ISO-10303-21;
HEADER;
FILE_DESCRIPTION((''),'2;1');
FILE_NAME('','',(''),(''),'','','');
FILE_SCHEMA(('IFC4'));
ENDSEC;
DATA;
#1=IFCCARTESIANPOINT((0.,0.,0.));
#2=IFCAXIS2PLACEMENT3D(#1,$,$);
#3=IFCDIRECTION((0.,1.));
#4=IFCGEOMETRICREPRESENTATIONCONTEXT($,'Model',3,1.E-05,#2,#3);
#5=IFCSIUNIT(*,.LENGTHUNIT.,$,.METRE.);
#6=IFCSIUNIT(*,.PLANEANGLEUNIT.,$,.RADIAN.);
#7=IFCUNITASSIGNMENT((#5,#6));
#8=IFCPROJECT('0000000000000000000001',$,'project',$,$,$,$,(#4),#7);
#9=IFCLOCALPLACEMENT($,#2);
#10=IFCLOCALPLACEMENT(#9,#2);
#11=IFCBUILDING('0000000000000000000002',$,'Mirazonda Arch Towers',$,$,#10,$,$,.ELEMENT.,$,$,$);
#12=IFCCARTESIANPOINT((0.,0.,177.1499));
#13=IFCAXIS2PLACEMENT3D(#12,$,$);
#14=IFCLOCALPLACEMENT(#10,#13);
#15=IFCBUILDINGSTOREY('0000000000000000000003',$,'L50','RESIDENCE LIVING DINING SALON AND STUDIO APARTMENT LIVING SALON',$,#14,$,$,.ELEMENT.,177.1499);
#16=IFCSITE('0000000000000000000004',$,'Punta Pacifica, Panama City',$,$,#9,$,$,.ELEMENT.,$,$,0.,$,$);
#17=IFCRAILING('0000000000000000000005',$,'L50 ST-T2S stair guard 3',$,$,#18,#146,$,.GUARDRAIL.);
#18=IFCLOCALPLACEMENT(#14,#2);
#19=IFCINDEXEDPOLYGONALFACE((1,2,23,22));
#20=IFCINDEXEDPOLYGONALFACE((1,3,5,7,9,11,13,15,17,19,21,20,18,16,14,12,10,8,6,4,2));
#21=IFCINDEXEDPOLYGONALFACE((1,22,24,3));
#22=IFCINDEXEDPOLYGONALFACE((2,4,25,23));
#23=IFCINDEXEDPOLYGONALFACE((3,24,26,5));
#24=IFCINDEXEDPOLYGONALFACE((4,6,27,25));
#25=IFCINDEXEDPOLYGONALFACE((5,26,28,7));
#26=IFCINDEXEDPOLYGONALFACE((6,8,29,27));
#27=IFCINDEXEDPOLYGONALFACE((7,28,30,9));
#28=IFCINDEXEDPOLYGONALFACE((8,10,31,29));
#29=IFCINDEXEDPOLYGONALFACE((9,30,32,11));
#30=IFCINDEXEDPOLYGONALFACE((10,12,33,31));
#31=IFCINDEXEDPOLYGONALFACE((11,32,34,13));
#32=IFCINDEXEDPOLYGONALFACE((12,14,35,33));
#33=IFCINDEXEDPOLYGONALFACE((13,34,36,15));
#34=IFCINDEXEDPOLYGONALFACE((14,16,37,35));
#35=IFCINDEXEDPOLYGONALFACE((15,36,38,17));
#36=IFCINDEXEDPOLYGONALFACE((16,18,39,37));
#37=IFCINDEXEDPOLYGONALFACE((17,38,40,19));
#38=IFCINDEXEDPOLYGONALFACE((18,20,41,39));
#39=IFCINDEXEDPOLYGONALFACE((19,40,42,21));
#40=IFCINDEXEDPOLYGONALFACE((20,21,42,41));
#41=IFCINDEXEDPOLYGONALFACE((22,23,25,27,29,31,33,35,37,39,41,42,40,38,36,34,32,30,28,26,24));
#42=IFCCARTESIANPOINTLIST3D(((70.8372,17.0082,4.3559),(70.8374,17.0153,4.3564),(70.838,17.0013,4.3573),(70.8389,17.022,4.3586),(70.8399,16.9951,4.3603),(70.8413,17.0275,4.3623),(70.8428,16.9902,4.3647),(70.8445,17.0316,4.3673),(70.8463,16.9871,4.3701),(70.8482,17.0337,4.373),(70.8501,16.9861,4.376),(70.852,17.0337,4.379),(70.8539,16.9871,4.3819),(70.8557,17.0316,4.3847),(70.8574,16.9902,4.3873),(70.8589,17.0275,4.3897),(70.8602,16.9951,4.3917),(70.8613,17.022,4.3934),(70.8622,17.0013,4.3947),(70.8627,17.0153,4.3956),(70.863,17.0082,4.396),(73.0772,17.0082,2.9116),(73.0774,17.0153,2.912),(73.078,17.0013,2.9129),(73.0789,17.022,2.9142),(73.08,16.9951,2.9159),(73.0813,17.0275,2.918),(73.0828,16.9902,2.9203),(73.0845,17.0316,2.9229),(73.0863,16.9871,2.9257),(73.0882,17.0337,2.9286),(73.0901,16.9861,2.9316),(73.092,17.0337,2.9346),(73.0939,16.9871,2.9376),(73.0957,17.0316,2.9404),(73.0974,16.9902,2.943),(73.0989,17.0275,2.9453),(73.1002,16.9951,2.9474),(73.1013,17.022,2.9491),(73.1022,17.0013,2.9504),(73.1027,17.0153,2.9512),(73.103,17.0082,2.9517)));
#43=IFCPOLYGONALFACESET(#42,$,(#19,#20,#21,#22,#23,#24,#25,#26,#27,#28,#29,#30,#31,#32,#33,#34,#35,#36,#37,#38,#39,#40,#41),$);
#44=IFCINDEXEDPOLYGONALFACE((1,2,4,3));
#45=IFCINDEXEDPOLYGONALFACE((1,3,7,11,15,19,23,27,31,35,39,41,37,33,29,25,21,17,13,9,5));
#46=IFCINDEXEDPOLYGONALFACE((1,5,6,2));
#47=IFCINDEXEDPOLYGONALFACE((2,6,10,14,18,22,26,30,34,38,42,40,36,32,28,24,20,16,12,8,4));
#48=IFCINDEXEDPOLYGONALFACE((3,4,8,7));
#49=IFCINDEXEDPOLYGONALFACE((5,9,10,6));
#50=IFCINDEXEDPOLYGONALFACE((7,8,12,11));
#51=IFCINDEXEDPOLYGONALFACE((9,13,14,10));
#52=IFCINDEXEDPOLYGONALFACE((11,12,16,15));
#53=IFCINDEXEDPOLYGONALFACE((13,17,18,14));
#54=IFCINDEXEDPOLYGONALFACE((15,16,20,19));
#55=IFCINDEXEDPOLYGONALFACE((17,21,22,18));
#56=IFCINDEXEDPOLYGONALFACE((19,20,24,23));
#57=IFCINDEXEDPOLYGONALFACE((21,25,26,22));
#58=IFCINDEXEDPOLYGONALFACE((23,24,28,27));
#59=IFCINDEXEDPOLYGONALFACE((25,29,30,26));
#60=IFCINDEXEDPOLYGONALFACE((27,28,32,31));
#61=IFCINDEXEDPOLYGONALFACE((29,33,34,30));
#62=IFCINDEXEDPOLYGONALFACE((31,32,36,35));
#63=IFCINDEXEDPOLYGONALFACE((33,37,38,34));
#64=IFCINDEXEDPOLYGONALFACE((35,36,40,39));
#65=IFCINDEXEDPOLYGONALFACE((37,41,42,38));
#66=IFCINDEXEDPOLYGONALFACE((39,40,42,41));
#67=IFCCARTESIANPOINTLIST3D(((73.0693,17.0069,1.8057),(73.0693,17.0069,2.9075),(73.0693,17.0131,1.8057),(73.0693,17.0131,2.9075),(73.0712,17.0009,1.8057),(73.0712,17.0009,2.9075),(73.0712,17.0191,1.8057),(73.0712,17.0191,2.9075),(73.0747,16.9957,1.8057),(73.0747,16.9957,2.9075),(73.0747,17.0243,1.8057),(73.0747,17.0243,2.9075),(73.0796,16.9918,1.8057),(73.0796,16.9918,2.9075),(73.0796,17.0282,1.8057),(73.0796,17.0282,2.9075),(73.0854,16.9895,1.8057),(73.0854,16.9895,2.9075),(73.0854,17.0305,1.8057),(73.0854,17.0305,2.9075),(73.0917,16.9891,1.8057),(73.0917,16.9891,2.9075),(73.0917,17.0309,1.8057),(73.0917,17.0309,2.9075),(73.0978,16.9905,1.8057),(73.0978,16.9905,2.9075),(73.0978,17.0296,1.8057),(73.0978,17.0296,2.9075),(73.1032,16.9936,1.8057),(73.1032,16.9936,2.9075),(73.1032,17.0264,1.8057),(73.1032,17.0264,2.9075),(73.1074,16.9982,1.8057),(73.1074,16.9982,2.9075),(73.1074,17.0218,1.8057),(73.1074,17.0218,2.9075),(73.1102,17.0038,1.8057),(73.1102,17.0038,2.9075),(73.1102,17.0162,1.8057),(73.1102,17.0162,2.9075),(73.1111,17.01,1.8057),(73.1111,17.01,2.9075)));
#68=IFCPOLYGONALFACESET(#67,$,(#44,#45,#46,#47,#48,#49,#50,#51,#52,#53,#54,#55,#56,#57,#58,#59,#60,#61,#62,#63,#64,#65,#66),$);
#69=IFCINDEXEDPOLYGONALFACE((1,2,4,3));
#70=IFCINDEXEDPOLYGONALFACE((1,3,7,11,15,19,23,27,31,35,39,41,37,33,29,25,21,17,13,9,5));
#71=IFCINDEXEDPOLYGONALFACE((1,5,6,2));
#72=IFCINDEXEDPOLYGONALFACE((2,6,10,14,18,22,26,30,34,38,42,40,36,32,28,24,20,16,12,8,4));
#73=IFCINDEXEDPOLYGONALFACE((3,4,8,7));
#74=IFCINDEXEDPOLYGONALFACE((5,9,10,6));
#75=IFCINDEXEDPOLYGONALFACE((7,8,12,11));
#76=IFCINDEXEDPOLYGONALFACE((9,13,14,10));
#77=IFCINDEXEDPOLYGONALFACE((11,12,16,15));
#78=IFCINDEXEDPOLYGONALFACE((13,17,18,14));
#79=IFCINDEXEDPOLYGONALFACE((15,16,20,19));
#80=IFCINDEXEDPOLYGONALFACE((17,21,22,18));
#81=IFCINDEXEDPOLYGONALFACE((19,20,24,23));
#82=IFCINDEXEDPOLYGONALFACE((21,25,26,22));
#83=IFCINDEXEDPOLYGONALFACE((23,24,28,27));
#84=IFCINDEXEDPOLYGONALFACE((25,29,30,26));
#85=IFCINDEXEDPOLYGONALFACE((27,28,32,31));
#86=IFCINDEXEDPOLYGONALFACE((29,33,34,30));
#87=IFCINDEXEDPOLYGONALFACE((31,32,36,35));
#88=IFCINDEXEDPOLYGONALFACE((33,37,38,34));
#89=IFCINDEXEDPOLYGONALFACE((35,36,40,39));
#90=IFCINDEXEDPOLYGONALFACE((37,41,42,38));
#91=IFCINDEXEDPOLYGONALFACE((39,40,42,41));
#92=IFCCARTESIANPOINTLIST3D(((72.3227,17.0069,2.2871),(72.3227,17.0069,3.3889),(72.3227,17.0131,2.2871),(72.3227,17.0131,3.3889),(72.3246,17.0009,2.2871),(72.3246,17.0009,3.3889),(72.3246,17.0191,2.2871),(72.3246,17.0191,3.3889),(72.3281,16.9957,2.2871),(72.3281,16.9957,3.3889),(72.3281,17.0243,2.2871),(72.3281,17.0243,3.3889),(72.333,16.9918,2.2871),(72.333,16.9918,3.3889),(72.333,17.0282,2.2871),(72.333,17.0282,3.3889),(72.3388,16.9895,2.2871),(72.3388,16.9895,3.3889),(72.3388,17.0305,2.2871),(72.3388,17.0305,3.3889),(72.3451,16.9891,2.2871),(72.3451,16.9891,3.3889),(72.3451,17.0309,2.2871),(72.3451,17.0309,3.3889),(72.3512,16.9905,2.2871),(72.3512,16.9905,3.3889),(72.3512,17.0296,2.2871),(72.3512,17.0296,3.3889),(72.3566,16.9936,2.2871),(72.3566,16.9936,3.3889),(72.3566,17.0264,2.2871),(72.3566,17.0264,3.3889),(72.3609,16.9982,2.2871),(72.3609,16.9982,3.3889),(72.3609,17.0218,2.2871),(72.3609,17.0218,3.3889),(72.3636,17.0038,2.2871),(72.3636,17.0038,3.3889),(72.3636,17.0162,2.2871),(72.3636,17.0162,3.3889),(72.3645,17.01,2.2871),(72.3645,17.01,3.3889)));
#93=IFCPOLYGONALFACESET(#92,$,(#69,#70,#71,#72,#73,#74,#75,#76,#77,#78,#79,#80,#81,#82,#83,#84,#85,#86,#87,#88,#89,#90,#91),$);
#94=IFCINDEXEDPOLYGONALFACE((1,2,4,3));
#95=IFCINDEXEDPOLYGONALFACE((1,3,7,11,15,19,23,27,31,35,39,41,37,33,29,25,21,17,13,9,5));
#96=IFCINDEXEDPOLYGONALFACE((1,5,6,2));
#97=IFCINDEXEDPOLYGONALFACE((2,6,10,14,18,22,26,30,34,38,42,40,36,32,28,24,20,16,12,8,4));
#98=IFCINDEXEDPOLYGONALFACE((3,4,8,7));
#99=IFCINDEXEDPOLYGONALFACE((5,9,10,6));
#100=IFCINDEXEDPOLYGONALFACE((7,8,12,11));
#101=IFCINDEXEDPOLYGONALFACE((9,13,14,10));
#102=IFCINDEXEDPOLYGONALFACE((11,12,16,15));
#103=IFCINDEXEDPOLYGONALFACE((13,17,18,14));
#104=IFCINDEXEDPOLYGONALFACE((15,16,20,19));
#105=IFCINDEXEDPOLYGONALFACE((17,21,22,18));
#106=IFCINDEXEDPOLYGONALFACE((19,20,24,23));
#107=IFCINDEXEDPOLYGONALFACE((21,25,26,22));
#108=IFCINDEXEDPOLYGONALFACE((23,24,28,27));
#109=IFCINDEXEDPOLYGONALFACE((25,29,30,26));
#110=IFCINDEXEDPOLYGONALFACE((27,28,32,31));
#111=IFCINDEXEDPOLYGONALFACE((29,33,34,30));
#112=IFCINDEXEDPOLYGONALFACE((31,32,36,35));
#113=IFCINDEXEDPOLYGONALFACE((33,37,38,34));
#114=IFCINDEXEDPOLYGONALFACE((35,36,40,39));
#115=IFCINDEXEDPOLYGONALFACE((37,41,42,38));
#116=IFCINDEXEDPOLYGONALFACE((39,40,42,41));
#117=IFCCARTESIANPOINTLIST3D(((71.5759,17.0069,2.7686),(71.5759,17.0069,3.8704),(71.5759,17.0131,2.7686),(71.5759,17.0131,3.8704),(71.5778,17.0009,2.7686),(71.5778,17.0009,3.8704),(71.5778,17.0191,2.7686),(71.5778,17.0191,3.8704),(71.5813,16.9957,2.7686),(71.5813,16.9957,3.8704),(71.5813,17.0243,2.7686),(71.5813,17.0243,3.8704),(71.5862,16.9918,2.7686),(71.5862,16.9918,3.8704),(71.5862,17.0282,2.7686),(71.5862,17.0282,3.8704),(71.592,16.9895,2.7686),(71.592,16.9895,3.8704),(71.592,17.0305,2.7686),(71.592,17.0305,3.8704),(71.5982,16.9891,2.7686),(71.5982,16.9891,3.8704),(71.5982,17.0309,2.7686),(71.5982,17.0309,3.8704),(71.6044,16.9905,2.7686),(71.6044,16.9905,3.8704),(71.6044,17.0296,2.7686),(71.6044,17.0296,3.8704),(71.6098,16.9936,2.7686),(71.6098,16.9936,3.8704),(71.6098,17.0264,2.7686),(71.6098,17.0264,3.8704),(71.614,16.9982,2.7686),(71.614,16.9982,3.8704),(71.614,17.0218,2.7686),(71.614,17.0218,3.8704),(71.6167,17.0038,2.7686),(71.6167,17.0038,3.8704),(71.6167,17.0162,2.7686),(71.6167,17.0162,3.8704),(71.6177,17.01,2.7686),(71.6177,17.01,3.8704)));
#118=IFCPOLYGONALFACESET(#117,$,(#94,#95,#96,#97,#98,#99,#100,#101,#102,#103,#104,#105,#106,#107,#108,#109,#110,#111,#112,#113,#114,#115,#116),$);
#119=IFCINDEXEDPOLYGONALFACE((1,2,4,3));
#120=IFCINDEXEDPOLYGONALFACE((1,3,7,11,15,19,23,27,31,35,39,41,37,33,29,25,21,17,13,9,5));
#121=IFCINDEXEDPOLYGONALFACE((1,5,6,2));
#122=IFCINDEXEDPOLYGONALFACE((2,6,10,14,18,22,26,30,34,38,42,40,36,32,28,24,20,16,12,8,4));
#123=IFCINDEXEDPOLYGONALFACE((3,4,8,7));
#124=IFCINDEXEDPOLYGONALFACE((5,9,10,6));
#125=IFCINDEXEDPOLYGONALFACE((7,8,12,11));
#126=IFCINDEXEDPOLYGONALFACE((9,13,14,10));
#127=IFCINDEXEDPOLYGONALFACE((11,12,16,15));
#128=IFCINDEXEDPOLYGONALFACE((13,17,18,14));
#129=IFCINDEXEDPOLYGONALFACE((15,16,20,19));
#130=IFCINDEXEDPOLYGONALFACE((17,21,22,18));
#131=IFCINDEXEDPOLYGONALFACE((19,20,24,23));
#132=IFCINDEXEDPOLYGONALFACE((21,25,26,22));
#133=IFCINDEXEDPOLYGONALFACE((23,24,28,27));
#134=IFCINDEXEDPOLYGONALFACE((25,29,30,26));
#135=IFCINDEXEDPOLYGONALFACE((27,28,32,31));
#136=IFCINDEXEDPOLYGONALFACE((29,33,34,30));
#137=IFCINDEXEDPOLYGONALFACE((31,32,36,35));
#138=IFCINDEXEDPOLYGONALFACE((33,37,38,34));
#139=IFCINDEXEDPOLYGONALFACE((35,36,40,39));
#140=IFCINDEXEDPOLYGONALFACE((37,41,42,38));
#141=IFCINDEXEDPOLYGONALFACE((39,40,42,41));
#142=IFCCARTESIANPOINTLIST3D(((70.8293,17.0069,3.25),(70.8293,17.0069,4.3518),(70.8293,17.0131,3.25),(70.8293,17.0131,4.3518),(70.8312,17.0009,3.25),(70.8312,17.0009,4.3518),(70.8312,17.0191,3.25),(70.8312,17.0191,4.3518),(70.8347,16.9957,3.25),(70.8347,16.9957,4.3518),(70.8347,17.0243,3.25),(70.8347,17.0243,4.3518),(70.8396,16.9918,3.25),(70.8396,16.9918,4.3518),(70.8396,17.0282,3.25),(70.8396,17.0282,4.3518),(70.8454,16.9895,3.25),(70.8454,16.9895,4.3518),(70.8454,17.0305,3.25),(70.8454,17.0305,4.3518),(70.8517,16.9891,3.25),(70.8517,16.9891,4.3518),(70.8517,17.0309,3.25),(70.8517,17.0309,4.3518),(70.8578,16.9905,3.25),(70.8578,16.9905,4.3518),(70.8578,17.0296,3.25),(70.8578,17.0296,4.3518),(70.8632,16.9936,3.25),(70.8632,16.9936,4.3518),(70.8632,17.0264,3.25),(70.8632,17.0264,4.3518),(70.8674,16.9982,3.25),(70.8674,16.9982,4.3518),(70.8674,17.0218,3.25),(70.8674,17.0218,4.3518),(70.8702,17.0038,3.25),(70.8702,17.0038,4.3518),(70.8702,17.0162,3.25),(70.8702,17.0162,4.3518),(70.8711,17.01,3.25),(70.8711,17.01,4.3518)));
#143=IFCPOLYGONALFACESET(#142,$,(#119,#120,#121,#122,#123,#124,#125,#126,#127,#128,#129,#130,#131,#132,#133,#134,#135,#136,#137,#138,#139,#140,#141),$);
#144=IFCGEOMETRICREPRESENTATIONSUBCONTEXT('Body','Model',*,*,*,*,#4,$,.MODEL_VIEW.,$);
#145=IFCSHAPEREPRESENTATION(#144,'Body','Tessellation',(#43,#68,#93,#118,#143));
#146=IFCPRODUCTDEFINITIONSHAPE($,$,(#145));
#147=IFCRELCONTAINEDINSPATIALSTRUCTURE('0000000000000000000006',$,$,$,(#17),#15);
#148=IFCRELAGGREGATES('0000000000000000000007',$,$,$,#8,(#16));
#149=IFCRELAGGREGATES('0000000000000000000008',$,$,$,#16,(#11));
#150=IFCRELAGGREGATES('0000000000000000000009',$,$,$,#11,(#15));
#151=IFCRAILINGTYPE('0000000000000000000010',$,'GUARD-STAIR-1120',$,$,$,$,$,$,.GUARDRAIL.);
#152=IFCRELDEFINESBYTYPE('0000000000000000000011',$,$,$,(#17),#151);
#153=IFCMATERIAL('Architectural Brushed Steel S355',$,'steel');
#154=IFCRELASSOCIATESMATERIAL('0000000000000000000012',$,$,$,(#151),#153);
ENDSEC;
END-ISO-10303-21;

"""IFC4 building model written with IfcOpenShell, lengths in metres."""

from ifc_helpers import new_model, si_unit, direction, frame, origin, origin_2d, place, context, subcontext, project, spatial, circle, extrude, material, type_object, element, save


model = new_model("IFC4")

# Units and contexts
model_context = context("Model", 3, precision=1e-05, world=origin(), true_north=direction((0.0, 1.0)))
body_context = subcontext(model_context, "Body", "Model", "MODEL_VIEW")
ifc_project = project(units=[si_unit("LENGTHUNIT", "METRE"), si_unit("PLANEANGLEUNIT", "RADIAN")], contexts=[model_context])

# Site, building, storey
site_placement = place(None, origin())
site = spatial("IfcSite", under=ifc_project, at=site_placement, Name="Punta Pacifica, Panama City", CompositionType="ELEMENT", RefElevation=0.0)
building_placement = place(site_placement, origin())
building = spatial("IfcBuilding", under=site, at=building_placement, Name="Mirazonda Arch Towers", CompositionType="ELEMENT")
storey_placement = place(building_placement, frame((0.0, 0.0, 177.1499)))
storey = spatial("IfcBuildingStorey", under=building, at=storey_placement, Name="L50", Description="RESIDENCE LIVING DINING SALON AND STUDIO APARTMENT LIVING SALON", CompositionType="ELEMENT", Elevation=177.1499)

# Shared definitions
ifc_material_1 = material(Name="Architectural Brushed Steel S355", Category="steel")

# Railing
railing_type_1 = type_object("IfcRailingType", Name="GUARD-STAIR-1120", PredefinedType="GUARDRAIL", material=ifc_material_1)
railing_1_placement = place(storey_placement, frame((73.0901, 17.01, 1.8057)))
element("IfcRailing", 1, at=railing_1_placement, inside=storey, type_object=railing_type_1, Name="L50 ST-T2S stair guard 3", PredefinedType="GUARDRAIL", context=body_context, shape_type="SweptSolid", body=[
    extrude(circle(Radius=0.0239, at=origin_2d()), frame((0.0, 0.0, 1.126), z_axis=(-0.840437, 0.0, 0.54191), x_axis=(0.0, -1.0, 0.0)), (0.0, 0.0, 1.0), 2.6653),
    extrude(circle(Radius=0.021, at=origin_2d()), origin(), (0.0, 0.0, 1.0), 1.1018),
    extrude(circle(Radius=0.021, at=origin_2d()), frame((-0.7466, 0.0, 0.4814)), (0.0, 0.0, 1.0), 1.1018),
    extrude(circle(Radius=0.021, at=origin_2d()), frame((-1.4934, 0.0, 0.9629)), (0.0, 0.0, 1.0), 1.1018),
    extrude(circle(Radius=0.021, at=origin_2d()), frame((-2.24, 0.0, 1.4443)), (0.0, 0.0, 1.0), 1.1018),
])

save(model, "model.ifc")
